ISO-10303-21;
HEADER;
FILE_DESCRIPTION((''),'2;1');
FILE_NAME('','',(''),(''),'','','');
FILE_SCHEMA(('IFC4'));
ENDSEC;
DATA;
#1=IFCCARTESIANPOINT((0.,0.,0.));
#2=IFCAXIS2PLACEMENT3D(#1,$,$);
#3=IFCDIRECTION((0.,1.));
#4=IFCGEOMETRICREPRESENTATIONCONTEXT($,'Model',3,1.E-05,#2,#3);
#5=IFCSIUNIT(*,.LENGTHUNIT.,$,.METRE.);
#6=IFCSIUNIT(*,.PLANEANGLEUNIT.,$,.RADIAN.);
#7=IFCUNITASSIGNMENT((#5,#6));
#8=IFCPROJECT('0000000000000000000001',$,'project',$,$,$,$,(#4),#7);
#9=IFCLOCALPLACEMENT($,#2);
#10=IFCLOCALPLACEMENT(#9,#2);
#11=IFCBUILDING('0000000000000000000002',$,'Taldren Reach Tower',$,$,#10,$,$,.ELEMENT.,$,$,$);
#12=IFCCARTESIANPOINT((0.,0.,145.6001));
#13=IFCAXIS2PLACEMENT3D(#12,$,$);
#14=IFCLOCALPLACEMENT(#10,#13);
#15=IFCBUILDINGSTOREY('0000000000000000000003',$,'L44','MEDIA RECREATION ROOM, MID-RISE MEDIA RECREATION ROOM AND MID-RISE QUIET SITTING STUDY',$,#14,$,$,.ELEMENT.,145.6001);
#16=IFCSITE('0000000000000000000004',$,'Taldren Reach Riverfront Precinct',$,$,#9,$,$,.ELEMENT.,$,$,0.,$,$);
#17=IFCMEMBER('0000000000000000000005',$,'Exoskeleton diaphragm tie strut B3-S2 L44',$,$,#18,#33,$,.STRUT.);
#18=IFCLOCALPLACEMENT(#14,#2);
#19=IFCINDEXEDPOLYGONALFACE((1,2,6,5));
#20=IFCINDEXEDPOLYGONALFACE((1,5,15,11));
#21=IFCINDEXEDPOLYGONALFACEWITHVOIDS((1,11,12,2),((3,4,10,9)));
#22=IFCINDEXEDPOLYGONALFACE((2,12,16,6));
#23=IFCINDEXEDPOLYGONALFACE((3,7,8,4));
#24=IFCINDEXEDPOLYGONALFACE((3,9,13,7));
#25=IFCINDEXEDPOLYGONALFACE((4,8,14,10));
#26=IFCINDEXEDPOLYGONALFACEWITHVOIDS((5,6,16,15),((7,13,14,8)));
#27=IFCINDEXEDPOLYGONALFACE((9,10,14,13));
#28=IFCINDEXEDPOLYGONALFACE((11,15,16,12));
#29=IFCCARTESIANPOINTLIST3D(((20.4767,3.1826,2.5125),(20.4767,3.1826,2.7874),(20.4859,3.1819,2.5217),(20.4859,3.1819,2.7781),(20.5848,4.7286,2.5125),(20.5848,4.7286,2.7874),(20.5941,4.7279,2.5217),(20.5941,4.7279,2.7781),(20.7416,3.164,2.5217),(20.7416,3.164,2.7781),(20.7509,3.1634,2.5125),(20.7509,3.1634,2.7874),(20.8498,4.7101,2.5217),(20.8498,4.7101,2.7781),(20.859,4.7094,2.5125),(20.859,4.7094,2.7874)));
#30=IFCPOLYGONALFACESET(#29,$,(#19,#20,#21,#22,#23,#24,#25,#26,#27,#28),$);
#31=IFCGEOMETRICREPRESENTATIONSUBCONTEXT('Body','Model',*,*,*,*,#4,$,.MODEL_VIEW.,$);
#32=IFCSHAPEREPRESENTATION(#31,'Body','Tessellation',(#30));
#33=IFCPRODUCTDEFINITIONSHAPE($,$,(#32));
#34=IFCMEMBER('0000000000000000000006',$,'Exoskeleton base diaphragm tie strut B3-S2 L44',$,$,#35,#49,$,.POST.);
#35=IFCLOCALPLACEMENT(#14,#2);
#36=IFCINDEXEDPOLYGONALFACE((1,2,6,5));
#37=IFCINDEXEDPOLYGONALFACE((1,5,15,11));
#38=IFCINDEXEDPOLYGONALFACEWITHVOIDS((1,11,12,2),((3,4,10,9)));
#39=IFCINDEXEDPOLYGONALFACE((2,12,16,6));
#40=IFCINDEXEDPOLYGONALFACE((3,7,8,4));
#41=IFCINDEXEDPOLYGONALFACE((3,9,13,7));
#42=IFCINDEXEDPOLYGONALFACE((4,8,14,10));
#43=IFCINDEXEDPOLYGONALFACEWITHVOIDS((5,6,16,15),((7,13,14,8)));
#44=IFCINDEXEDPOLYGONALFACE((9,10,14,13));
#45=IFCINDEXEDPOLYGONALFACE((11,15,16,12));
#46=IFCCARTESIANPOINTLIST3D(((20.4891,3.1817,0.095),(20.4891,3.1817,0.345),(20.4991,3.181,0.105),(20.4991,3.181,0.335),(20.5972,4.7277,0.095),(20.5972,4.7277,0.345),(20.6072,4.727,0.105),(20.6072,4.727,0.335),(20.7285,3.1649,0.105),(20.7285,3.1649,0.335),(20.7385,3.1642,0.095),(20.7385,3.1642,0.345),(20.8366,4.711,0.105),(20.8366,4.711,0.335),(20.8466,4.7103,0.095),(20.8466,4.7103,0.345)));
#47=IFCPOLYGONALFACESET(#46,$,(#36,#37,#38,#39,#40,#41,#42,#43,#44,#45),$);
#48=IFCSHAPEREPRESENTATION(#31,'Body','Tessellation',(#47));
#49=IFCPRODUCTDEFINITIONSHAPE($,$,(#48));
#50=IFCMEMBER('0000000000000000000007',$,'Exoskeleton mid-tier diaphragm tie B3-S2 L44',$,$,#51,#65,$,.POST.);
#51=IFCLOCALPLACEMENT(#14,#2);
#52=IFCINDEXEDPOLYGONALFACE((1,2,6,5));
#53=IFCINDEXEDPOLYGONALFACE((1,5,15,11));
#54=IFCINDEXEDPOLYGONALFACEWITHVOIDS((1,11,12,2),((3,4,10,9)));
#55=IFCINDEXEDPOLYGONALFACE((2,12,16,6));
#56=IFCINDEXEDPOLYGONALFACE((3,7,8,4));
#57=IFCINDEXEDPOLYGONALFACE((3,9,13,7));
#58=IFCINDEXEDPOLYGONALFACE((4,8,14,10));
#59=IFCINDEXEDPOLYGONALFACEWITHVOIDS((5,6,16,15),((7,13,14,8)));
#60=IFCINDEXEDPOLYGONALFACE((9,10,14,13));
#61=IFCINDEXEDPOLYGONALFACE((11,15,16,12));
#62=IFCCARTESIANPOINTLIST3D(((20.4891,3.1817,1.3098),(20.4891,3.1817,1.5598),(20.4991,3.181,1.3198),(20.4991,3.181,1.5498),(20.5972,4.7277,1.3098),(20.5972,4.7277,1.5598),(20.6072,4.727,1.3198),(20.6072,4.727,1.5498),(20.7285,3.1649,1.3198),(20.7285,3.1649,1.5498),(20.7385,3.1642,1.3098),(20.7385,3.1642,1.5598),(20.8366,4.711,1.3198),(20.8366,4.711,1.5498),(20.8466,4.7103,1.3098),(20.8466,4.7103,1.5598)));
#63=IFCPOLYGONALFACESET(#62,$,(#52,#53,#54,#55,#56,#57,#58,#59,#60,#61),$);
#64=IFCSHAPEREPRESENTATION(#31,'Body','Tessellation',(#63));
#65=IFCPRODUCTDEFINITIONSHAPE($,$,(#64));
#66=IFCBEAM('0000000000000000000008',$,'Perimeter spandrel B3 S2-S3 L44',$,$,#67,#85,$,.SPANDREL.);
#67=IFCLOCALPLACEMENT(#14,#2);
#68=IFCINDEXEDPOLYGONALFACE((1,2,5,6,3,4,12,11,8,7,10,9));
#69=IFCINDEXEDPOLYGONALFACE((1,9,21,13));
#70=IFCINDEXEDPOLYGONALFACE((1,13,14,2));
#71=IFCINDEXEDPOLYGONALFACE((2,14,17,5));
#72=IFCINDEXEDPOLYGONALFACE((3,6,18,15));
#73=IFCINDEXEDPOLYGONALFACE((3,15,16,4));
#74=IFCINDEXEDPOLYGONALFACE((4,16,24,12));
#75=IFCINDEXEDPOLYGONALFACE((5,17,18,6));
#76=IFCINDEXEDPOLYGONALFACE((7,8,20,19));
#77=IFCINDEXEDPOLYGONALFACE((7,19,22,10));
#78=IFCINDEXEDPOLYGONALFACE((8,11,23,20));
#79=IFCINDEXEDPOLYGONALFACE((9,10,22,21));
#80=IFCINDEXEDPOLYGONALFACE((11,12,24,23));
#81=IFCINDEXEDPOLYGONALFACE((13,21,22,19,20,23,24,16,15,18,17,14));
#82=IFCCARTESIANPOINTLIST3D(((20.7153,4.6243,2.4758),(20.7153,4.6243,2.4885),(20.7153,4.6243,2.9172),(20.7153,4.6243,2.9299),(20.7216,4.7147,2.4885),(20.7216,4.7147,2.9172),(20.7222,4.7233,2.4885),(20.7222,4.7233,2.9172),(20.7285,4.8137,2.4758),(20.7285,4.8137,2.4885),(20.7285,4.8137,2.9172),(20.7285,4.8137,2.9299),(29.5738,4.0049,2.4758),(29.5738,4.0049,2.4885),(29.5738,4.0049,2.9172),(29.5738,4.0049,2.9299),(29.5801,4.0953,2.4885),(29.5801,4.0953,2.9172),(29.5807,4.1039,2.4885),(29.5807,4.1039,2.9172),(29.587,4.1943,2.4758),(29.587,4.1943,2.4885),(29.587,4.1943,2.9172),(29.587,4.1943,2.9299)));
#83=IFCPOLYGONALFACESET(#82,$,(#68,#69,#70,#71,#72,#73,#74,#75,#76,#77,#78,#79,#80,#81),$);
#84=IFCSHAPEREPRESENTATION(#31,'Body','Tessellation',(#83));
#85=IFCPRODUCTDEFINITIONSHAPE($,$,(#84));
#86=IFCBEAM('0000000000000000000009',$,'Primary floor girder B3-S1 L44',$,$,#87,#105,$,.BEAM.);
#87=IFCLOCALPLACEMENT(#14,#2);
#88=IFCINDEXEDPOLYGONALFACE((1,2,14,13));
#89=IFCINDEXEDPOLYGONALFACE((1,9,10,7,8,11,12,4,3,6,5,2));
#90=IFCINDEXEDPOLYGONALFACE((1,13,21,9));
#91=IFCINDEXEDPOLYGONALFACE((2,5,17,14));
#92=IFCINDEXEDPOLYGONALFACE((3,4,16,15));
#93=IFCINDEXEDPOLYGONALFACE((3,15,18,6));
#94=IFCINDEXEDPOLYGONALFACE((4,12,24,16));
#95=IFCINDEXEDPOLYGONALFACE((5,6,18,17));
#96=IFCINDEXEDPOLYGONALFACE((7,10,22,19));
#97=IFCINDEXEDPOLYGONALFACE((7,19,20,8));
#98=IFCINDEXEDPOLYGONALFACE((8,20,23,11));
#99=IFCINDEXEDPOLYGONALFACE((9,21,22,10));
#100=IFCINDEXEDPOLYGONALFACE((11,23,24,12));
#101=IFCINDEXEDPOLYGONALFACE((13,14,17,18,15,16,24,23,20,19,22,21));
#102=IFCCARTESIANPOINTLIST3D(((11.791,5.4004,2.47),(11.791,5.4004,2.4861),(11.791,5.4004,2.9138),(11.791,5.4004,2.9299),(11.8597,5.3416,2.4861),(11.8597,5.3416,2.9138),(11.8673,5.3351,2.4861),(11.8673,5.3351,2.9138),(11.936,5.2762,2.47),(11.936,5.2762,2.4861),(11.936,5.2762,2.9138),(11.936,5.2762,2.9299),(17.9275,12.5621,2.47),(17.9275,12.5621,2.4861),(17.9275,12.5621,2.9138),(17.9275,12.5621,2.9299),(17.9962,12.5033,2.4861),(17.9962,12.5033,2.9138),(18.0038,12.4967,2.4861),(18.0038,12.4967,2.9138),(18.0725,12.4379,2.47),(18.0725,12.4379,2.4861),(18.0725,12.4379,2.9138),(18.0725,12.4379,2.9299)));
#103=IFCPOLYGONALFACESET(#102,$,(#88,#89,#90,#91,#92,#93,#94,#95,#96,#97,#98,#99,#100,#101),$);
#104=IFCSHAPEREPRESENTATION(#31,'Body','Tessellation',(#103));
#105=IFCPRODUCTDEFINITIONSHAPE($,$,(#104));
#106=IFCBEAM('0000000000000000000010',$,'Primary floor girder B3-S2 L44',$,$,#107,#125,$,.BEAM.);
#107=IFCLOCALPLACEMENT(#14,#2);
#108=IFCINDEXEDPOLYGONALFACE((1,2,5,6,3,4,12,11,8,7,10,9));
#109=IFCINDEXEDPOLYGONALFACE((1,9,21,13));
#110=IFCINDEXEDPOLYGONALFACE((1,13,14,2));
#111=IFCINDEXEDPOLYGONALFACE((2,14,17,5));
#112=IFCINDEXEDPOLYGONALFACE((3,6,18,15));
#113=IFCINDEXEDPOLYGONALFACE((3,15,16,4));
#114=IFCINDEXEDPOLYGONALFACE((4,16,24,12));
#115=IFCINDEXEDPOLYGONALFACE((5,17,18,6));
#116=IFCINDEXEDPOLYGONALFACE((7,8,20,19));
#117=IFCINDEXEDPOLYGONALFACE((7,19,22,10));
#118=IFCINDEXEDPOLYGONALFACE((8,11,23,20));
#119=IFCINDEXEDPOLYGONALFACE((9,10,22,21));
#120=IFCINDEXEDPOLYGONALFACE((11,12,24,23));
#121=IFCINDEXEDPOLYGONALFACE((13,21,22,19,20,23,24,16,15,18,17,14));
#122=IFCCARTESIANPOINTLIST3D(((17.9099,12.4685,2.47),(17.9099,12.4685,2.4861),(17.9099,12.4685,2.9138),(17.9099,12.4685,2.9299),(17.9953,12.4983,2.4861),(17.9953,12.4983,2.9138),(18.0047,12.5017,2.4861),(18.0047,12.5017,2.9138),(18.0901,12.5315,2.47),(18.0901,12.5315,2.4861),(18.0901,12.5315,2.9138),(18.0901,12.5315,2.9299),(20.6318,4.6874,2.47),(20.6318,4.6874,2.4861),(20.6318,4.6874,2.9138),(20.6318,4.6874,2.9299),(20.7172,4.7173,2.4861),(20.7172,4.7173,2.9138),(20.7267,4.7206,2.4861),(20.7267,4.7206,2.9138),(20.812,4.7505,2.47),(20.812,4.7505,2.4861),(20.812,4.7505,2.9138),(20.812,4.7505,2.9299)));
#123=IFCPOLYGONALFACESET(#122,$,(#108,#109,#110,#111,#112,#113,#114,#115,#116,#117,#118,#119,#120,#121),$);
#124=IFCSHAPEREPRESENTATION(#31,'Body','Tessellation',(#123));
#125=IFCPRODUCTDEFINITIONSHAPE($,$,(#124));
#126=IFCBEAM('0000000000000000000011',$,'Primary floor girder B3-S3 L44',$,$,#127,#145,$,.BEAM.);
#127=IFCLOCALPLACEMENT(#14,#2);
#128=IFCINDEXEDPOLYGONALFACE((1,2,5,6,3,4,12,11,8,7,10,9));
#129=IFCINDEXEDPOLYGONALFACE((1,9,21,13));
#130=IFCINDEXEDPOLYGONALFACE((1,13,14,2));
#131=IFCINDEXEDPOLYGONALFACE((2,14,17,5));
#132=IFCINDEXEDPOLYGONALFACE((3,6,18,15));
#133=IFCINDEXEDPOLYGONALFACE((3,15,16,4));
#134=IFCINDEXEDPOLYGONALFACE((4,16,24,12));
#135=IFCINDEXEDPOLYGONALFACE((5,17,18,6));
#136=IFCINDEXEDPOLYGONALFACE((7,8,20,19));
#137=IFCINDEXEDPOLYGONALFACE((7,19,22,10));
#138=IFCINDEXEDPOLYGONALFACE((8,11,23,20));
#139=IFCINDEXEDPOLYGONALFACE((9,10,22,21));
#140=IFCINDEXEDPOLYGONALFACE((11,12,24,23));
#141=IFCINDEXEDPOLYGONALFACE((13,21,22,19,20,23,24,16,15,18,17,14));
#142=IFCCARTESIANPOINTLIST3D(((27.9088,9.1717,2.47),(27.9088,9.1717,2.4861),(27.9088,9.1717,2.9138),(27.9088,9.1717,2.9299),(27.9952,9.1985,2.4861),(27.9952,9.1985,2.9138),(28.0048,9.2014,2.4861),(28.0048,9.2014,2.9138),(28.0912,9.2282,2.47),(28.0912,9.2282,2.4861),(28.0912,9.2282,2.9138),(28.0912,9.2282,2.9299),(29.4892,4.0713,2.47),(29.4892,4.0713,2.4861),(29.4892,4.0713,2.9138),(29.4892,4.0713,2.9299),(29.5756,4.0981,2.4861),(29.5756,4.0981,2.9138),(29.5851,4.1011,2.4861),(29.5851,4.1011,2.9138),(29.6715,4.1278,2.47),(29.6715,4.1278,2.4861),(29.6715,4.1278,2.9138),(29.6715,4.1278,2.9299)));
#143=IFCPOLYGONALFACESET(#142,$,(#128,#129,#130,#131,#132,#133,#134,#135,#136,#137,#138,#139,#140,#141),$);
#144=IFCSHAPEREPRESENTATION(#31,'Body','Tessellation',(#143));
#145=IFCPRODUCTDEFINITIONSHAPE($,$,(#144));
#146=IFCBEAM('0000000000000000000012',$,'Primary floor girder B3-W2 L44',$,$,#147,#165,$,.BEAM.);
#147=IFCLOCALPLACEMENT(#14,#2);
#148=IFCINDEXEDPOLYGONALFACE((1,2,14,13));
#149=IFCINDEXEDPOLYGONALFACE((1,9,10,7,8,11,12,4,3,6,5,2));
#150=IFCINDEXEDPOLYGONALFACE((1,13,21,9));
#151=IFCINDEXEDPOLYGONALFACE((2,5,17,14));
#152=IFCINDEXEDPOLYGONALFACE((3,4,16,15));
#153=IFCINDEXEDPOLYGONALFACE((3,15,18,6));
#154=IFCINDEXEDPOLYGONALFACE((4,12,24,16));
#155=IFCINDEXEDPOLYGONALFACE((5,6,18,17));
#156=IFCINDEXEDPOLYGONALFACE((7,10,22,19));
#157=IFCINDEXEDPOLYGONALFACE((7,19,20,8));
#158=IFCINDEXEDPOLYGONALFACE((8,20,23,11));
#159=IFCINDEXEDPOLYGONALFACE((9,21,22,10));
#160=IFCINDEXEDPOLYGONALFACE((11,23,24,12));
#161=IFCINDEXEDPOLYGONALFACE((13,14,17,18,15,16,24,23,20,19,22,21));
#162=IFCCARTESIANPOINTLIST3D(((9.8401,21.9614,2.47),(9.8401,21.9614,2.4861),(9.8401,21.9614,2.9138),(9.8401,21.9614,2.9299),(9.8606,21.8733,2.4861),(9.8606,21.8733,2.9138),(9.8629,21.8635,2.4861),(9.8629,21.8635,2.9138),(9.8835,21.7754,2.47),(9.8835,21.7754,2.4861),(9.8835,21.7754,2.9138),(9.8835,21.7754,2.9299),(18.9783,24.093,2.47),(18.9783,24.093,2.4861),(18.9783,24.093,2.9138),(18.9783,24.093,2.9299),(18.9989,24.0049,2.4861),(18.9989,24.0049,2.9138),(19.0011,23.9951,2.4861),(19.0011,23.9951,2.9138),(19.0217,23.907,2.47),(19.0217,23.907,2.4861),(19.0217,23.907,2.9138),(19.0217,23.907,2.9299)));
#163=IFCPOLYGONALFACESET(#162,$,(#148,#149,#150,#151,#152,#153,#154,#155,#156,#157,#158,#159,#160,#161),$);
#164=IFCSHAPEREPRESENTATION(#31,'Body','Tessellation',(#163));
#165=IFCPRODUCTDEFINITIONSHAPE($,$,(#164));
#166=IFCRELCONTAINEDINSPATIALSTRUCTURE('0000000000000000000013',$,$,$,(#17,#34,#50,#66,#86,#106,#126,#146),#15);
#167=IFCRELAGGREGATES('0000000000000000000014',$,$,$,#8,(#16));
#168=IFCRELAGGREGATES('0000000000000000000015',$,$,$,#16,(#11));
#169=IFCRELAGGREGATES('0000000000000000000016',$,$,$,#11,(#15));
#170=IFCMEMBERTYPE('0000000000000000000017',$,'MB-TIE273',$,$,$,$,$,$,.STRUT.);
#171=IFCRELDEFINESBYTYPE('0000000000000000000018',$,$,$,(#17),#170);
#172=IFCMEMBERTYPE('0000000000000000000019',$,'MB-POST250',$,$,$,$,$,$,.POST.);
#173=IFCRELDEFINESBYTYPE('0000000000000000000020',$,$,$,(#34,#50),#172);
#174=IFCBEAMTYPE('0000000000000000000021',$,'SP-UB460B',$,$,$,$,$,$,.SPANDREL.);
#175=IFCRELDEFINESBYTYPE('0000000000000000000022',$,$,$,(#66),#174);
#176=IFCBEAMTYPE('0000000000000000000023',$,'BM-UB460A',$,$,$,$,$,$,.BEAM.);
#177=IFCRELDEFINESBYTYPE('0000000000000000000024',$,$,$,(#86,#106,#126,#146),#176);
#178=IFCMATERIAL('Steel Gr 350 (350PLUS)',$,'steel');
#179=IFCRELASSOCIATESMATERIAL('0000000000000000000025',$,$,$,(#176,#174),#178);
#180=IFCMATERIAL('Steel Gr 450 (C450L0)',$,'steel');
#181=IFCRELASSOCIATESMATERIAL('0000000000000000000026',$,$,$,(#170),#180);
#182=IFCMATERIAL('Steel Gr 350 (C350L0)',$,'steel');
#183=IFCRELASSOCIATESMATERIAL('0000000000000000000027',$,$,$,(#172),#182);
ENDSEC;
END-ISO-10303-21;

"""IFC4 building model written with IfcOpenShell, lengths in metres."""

from ifc_helpers import new_model, si_unit, direction, frame, origin, origin_2d, place, context, subcontext, project, spatial, hollow_rectangle, i_section, extrude, source, transform, mapped, material, material_profile, profile_set, type_object, element, save


model = new_model("IFC4")

# Units and contexts
model_context = context("Model", 3, precision=1e-05, world=origin(), true_north=direction((0.0, 1.0)))
body_context = subcontext(model_context, "Body", "Model", "MODEL_VIEW")
ifc_project = project(units=[si_unit("LENGTHUNIT", "METRE"), si_unit("PLANEANGLEUNIT", "RADIAN")], contexts=[model_context])

# Site, building, storey
site_placement = place(None, origin())
site = spatial("IfcSite", under=ifc_project, at=site_placement, Name="Taldren Reach Riverfront Precinct", CompositionType="ELEMENT", RefElevation=0.0)
building_placement = place(site_placement, origin())
building = spatial("IfcBuilding", under=site, at=building_placement, Name="Taldren Reach Tower", CompositionType="ELEMENT")
storey_placement = place(building_placement, frame((0.0, 0.0, 145.6001)))
storey = spatial("IfcBuildingStorey", under=building, at=storey_placement, Name="L44", Description="MEDIA RECREATION ROOM, MID-RISE MEDIA RECREATION ROOM AND MID-RISE QUIET SITTING STUDY", CompositionType="ELEMENT", Elevation=145.6001)

# Shared definitions
ifc_material_1 = material(Name="Steel Gr 350 (350PLUS)", Category="steel")
ifc_material_2 = material(Name="Steel Gr 450 (C450L0)", Category="steel")

# Shared definitions
ifc_material_profile_1 = material_profile(ifc_material_1, i_section(OverallWidth=0.1909, OverallDepth=0.46, WebThickness=0.01, FlangeThickness=0.0161, at=origin_2d()), Name="460UB82.1")
ifc_profile_set_1 = profile_set([ifc_material_profile_1], Name="Steel Gr 350 (350PLUS)")
beam_type_1 = type_object("IfcBeamType", Name="BM-UB460A", PredefinedType="BEAM", material=ifc_profile_set_1)

# Members
ifc_material_profile_2 = material_profile(ifc_material_2, hollow_rectangle(XDim=0.2749, YDim=0.2749, WallThickness=0.0093, at=origin_2d()), Name="275x275x9.3SHS")
ifc_profile_set_2 = profile_set([ifc_material_profile_2], Name="Steel Gr 450 (C450L0)")
member_type_1 = type_object("IfcMemberType", Name="MB-TIE273", PredefinedType="STRUT", material=ifc_profile_set_2)
shared_shape_1 = source(origin(), body_context, "Body", "SweptSolid", [
    extrude(hollow_rectangle(XDim=0.2749, YDim=0.2749, WallThickness=0.0093, at=origin_2d()), origin(), (0.0, 0.0, 1.0), 1.5498),
])
member_placement = place(storey_placement, frame((20.7219, 4.719, 2.6499), z_axis=(-0.069781, -0.997562, 0.0), x_axis=(0.997562, -0.069781, 0.0)))
element("IfcMember", 1, at=member_placement, inside=storey, type_object=member_type_1, Name="Exoskeleton diaphragm tie strut B3-S2 L44", PredefinedType="STRUT", context=body_context, shape_type="MappedRepresentation", body=[
    mapped(shared_shape_1, transform((0.0, 0.0, 0.0), scale=1.0)),
])
ifc_material_3 = material(Name="Steel Gr 350 (C350L0)", Category="steel")
ifc_material_profile_3 = material_profile(ifc_material_3, hollow_rectangle(XDim=0.25, YDim=0.25, WallThickness=0.01, at=origin_2d()), Name="250x250x10.0SHS")
ifc_profile_set_3 = profile_set([ifc_material_profile_3], Name="Steel Gr 350 (C350L0)")
member_type_2 = type_object("IfcMemberType", Name="MB-POST250", PredefinedType="POST", material=ifc_profile_set_3)
shared_shape_2 = source(origin(), body_context, "Body", "SweptSolid", [
    extrude(hollow_rectangle(XDim=0.25, YDim=0.25, WallThickness=0.01, at=origin_2d()), origin(), (0.0, 0.0, 1.0), 1.5498),
])
for number, where, z_axis, x_axis, name in (
    (2, (20.7219, 4.719, 0.22), (-0.069781, -0.997562, 0.0), (0.997562, -0.069781, 0.0), "Exoskeleton base diaphragm tie strut B3-S2 L44"),
    (3, (20.7219, 4.719, 1.4348), (-0.069781, -0.997562, 0.0), (0.997562, -0.069781, 0.0), "Exoskeleton mid-tier diaphragm tie B3-S2 L44"),
):
    element("IfcMember", number, at=place(storey_placement, frame(where, z_axis=z_axis, x_axis=x_axis)), inside=storey, type_object=member_type_2, Name=name, PredefinedType="POST", context=body_context, shape_type="MappedRepresentation", body=[
        mapped(shared_shape_2, transform((0.0, 0.0, 0.0), scale=1.0)),
    ])

# Beams
ifc_material_profile_4 = material_profile(ifc_material_1, i_section(OverallWidth=0.1899, OverallDepth=0.4541, WebThickness=0.0085, FlangeThickness=0.0127, at=origin_2d()), Name="460UB67.1")
ifc_profile_set_4 = profile_set([ifc_material_profile_4], Name="Steel Gr 350 (350PLUS)")
beam_type_2 = type_object("IfcBeamType", Name="SP-UB460B", PredefinedType="SPANDREL", material=ifc_profile_set_4)
shared_shape_3 = source(origin(), body_context, "Body", "SweptSolid", [
    extrude(i_section(OverallWidth=0.1899, OverallDepth=0.4541, WebThickness=0.0085, FlangeThickness=0.0127, at=origin_2d()), origin(), (0.0, 0.0, 1.0), 8.8801),
])
beam_1_placement = place(storey_placement, frame((20.7219, 4.719, 2.7029), z_axis=(0.997564, -0.06975, 0.0), x_axis=(0.06975, 0.997564, 0.0)))
element("IfcBeam", 4, at=beam_1_placement, inside=storey, type_object=beam_type_2, Name="Perimeter spandrel B3 S2-S3 L44", PredefinedType="SPANDREL", context=body_context, shape_type="MappedRepresentation", body=[
    mapped(shared_shape_3, transform((0.0, 0.0, 0.0), scale=1.0)),
])
shared_shape_4 = source(origin(), body_context, "Body", "SweptSolid", [
    extrude(i_section(OverallWidth=0.1909, OverallDepth=0.46, WebThickness=0.01, FlangeThickness=0.0161, at=origin_2d()), origin(), (0.0, 0.0, 1.0), 9.4312),
])
beam_2_placement = place(storey_placement, frame((18.0, 12.5, 2.7), z_axis=(-0.650666, -0.759364, 0.0), x_axis=(0.759364, -0.650666, 0.0)))
element("IfcBeam", 5, at=beam_2_placement, inside=storey, type_object=beam_type_1, Name="Primary floor girder B3-S1 L44", PredefinedType="BEAM", context=body_context, shape_type="MappedRepresentation", body=[
    mapped(shared_shape_4, transform((0.0, 0.0, 0.0), scale=1.0)),
])
shared_shape_5 = source(origin(), body_context, "Body", "SweptSolid", [
    extrude(i_section(OverallWidth=0.1909, OverallDepth=0.46, WebThickness=0.01, FlangeThickness=0.0161, at=origin_2d()), origin(), (0.0, 0.0, 1.0), 8.2434),
])
beam_3_placement = place(storey_placement, frame((18.0, 12.5, 2.7), z_axis=(0.330196, -0.943912, 0.0), x_axis=(0.943912, 0.330196, 0.0)))
element("IfcBeam", 6, at=beam_3_placement, inside=storey, type_object=beam_type_1, Name="Primary floor girder B3-S2 L44", PredefinedType="BEAM", context=body_context, shape_type="MappedRepresentation", body=[
    mapped(shared_shape_5, transform((0.0, 0.0, 0.0), scale=1.0)),
])
shared_shape_6 = source(origin(), body_context, "Body", "SweptSolid", [
    extrude(i_section(OverallWidth=0.1909, OverallDepth=0.46, WebThickness=0.01, FlangeThickness=0.0161, at=origin_2d()), origin(), (0.0, 0.0, 1.0), 5.3396),
])
beam_4_placement = place(storey_placement, frame((28.0, 9.2, 2.7), z_axis=(0.295965, -0.955199, 0.0), x_axis=(0.955199, 0.295965, 0.0)))
element("IfcBeam", 7, at=beam_4_placement, inside=storey, type_object=beam_type_1, Name="Primary floor girder B3-S3 L44", PredefinedType="BEAM", context=body_context, shape_type="MappedRepresentation", body=[
    mapped(shared_shape_6, transform((0.0, 0.0, 0.0), scale=1.0)),
])
shared_shape_7 = source(origin(), body_context, "Body", "SweptSolid", [
    extrude(i_section(OverallWidth=0.1909, OverallDepth=0.46, WebThickness=0.01, FlangeThickness=0.0161, at=origin_2d()), origin(), (0.0, 0.0, 1.0), 9.3835),
])
beam_5_placement = place(storey_placement, frame((19.0, 24.0, 2.7), z_axis=(-0.973857, -0.227164, 0.0), x_axis=(0.227164, -0.973857, 0.0)))
element("IfcBeam", 8, at=beam_5_placement, inside=storey, type_object=beam_type_1, Name="Primary floor girder B3-W2 L44", PredefinedType="BEAM", context=body_context, shape_type="MappedRepresentation", body=[
    mapped(shared_shape_7, transform((0.0, 0.0, 0.0), scale=1.0)),
])

save(model, "model.ifc")
